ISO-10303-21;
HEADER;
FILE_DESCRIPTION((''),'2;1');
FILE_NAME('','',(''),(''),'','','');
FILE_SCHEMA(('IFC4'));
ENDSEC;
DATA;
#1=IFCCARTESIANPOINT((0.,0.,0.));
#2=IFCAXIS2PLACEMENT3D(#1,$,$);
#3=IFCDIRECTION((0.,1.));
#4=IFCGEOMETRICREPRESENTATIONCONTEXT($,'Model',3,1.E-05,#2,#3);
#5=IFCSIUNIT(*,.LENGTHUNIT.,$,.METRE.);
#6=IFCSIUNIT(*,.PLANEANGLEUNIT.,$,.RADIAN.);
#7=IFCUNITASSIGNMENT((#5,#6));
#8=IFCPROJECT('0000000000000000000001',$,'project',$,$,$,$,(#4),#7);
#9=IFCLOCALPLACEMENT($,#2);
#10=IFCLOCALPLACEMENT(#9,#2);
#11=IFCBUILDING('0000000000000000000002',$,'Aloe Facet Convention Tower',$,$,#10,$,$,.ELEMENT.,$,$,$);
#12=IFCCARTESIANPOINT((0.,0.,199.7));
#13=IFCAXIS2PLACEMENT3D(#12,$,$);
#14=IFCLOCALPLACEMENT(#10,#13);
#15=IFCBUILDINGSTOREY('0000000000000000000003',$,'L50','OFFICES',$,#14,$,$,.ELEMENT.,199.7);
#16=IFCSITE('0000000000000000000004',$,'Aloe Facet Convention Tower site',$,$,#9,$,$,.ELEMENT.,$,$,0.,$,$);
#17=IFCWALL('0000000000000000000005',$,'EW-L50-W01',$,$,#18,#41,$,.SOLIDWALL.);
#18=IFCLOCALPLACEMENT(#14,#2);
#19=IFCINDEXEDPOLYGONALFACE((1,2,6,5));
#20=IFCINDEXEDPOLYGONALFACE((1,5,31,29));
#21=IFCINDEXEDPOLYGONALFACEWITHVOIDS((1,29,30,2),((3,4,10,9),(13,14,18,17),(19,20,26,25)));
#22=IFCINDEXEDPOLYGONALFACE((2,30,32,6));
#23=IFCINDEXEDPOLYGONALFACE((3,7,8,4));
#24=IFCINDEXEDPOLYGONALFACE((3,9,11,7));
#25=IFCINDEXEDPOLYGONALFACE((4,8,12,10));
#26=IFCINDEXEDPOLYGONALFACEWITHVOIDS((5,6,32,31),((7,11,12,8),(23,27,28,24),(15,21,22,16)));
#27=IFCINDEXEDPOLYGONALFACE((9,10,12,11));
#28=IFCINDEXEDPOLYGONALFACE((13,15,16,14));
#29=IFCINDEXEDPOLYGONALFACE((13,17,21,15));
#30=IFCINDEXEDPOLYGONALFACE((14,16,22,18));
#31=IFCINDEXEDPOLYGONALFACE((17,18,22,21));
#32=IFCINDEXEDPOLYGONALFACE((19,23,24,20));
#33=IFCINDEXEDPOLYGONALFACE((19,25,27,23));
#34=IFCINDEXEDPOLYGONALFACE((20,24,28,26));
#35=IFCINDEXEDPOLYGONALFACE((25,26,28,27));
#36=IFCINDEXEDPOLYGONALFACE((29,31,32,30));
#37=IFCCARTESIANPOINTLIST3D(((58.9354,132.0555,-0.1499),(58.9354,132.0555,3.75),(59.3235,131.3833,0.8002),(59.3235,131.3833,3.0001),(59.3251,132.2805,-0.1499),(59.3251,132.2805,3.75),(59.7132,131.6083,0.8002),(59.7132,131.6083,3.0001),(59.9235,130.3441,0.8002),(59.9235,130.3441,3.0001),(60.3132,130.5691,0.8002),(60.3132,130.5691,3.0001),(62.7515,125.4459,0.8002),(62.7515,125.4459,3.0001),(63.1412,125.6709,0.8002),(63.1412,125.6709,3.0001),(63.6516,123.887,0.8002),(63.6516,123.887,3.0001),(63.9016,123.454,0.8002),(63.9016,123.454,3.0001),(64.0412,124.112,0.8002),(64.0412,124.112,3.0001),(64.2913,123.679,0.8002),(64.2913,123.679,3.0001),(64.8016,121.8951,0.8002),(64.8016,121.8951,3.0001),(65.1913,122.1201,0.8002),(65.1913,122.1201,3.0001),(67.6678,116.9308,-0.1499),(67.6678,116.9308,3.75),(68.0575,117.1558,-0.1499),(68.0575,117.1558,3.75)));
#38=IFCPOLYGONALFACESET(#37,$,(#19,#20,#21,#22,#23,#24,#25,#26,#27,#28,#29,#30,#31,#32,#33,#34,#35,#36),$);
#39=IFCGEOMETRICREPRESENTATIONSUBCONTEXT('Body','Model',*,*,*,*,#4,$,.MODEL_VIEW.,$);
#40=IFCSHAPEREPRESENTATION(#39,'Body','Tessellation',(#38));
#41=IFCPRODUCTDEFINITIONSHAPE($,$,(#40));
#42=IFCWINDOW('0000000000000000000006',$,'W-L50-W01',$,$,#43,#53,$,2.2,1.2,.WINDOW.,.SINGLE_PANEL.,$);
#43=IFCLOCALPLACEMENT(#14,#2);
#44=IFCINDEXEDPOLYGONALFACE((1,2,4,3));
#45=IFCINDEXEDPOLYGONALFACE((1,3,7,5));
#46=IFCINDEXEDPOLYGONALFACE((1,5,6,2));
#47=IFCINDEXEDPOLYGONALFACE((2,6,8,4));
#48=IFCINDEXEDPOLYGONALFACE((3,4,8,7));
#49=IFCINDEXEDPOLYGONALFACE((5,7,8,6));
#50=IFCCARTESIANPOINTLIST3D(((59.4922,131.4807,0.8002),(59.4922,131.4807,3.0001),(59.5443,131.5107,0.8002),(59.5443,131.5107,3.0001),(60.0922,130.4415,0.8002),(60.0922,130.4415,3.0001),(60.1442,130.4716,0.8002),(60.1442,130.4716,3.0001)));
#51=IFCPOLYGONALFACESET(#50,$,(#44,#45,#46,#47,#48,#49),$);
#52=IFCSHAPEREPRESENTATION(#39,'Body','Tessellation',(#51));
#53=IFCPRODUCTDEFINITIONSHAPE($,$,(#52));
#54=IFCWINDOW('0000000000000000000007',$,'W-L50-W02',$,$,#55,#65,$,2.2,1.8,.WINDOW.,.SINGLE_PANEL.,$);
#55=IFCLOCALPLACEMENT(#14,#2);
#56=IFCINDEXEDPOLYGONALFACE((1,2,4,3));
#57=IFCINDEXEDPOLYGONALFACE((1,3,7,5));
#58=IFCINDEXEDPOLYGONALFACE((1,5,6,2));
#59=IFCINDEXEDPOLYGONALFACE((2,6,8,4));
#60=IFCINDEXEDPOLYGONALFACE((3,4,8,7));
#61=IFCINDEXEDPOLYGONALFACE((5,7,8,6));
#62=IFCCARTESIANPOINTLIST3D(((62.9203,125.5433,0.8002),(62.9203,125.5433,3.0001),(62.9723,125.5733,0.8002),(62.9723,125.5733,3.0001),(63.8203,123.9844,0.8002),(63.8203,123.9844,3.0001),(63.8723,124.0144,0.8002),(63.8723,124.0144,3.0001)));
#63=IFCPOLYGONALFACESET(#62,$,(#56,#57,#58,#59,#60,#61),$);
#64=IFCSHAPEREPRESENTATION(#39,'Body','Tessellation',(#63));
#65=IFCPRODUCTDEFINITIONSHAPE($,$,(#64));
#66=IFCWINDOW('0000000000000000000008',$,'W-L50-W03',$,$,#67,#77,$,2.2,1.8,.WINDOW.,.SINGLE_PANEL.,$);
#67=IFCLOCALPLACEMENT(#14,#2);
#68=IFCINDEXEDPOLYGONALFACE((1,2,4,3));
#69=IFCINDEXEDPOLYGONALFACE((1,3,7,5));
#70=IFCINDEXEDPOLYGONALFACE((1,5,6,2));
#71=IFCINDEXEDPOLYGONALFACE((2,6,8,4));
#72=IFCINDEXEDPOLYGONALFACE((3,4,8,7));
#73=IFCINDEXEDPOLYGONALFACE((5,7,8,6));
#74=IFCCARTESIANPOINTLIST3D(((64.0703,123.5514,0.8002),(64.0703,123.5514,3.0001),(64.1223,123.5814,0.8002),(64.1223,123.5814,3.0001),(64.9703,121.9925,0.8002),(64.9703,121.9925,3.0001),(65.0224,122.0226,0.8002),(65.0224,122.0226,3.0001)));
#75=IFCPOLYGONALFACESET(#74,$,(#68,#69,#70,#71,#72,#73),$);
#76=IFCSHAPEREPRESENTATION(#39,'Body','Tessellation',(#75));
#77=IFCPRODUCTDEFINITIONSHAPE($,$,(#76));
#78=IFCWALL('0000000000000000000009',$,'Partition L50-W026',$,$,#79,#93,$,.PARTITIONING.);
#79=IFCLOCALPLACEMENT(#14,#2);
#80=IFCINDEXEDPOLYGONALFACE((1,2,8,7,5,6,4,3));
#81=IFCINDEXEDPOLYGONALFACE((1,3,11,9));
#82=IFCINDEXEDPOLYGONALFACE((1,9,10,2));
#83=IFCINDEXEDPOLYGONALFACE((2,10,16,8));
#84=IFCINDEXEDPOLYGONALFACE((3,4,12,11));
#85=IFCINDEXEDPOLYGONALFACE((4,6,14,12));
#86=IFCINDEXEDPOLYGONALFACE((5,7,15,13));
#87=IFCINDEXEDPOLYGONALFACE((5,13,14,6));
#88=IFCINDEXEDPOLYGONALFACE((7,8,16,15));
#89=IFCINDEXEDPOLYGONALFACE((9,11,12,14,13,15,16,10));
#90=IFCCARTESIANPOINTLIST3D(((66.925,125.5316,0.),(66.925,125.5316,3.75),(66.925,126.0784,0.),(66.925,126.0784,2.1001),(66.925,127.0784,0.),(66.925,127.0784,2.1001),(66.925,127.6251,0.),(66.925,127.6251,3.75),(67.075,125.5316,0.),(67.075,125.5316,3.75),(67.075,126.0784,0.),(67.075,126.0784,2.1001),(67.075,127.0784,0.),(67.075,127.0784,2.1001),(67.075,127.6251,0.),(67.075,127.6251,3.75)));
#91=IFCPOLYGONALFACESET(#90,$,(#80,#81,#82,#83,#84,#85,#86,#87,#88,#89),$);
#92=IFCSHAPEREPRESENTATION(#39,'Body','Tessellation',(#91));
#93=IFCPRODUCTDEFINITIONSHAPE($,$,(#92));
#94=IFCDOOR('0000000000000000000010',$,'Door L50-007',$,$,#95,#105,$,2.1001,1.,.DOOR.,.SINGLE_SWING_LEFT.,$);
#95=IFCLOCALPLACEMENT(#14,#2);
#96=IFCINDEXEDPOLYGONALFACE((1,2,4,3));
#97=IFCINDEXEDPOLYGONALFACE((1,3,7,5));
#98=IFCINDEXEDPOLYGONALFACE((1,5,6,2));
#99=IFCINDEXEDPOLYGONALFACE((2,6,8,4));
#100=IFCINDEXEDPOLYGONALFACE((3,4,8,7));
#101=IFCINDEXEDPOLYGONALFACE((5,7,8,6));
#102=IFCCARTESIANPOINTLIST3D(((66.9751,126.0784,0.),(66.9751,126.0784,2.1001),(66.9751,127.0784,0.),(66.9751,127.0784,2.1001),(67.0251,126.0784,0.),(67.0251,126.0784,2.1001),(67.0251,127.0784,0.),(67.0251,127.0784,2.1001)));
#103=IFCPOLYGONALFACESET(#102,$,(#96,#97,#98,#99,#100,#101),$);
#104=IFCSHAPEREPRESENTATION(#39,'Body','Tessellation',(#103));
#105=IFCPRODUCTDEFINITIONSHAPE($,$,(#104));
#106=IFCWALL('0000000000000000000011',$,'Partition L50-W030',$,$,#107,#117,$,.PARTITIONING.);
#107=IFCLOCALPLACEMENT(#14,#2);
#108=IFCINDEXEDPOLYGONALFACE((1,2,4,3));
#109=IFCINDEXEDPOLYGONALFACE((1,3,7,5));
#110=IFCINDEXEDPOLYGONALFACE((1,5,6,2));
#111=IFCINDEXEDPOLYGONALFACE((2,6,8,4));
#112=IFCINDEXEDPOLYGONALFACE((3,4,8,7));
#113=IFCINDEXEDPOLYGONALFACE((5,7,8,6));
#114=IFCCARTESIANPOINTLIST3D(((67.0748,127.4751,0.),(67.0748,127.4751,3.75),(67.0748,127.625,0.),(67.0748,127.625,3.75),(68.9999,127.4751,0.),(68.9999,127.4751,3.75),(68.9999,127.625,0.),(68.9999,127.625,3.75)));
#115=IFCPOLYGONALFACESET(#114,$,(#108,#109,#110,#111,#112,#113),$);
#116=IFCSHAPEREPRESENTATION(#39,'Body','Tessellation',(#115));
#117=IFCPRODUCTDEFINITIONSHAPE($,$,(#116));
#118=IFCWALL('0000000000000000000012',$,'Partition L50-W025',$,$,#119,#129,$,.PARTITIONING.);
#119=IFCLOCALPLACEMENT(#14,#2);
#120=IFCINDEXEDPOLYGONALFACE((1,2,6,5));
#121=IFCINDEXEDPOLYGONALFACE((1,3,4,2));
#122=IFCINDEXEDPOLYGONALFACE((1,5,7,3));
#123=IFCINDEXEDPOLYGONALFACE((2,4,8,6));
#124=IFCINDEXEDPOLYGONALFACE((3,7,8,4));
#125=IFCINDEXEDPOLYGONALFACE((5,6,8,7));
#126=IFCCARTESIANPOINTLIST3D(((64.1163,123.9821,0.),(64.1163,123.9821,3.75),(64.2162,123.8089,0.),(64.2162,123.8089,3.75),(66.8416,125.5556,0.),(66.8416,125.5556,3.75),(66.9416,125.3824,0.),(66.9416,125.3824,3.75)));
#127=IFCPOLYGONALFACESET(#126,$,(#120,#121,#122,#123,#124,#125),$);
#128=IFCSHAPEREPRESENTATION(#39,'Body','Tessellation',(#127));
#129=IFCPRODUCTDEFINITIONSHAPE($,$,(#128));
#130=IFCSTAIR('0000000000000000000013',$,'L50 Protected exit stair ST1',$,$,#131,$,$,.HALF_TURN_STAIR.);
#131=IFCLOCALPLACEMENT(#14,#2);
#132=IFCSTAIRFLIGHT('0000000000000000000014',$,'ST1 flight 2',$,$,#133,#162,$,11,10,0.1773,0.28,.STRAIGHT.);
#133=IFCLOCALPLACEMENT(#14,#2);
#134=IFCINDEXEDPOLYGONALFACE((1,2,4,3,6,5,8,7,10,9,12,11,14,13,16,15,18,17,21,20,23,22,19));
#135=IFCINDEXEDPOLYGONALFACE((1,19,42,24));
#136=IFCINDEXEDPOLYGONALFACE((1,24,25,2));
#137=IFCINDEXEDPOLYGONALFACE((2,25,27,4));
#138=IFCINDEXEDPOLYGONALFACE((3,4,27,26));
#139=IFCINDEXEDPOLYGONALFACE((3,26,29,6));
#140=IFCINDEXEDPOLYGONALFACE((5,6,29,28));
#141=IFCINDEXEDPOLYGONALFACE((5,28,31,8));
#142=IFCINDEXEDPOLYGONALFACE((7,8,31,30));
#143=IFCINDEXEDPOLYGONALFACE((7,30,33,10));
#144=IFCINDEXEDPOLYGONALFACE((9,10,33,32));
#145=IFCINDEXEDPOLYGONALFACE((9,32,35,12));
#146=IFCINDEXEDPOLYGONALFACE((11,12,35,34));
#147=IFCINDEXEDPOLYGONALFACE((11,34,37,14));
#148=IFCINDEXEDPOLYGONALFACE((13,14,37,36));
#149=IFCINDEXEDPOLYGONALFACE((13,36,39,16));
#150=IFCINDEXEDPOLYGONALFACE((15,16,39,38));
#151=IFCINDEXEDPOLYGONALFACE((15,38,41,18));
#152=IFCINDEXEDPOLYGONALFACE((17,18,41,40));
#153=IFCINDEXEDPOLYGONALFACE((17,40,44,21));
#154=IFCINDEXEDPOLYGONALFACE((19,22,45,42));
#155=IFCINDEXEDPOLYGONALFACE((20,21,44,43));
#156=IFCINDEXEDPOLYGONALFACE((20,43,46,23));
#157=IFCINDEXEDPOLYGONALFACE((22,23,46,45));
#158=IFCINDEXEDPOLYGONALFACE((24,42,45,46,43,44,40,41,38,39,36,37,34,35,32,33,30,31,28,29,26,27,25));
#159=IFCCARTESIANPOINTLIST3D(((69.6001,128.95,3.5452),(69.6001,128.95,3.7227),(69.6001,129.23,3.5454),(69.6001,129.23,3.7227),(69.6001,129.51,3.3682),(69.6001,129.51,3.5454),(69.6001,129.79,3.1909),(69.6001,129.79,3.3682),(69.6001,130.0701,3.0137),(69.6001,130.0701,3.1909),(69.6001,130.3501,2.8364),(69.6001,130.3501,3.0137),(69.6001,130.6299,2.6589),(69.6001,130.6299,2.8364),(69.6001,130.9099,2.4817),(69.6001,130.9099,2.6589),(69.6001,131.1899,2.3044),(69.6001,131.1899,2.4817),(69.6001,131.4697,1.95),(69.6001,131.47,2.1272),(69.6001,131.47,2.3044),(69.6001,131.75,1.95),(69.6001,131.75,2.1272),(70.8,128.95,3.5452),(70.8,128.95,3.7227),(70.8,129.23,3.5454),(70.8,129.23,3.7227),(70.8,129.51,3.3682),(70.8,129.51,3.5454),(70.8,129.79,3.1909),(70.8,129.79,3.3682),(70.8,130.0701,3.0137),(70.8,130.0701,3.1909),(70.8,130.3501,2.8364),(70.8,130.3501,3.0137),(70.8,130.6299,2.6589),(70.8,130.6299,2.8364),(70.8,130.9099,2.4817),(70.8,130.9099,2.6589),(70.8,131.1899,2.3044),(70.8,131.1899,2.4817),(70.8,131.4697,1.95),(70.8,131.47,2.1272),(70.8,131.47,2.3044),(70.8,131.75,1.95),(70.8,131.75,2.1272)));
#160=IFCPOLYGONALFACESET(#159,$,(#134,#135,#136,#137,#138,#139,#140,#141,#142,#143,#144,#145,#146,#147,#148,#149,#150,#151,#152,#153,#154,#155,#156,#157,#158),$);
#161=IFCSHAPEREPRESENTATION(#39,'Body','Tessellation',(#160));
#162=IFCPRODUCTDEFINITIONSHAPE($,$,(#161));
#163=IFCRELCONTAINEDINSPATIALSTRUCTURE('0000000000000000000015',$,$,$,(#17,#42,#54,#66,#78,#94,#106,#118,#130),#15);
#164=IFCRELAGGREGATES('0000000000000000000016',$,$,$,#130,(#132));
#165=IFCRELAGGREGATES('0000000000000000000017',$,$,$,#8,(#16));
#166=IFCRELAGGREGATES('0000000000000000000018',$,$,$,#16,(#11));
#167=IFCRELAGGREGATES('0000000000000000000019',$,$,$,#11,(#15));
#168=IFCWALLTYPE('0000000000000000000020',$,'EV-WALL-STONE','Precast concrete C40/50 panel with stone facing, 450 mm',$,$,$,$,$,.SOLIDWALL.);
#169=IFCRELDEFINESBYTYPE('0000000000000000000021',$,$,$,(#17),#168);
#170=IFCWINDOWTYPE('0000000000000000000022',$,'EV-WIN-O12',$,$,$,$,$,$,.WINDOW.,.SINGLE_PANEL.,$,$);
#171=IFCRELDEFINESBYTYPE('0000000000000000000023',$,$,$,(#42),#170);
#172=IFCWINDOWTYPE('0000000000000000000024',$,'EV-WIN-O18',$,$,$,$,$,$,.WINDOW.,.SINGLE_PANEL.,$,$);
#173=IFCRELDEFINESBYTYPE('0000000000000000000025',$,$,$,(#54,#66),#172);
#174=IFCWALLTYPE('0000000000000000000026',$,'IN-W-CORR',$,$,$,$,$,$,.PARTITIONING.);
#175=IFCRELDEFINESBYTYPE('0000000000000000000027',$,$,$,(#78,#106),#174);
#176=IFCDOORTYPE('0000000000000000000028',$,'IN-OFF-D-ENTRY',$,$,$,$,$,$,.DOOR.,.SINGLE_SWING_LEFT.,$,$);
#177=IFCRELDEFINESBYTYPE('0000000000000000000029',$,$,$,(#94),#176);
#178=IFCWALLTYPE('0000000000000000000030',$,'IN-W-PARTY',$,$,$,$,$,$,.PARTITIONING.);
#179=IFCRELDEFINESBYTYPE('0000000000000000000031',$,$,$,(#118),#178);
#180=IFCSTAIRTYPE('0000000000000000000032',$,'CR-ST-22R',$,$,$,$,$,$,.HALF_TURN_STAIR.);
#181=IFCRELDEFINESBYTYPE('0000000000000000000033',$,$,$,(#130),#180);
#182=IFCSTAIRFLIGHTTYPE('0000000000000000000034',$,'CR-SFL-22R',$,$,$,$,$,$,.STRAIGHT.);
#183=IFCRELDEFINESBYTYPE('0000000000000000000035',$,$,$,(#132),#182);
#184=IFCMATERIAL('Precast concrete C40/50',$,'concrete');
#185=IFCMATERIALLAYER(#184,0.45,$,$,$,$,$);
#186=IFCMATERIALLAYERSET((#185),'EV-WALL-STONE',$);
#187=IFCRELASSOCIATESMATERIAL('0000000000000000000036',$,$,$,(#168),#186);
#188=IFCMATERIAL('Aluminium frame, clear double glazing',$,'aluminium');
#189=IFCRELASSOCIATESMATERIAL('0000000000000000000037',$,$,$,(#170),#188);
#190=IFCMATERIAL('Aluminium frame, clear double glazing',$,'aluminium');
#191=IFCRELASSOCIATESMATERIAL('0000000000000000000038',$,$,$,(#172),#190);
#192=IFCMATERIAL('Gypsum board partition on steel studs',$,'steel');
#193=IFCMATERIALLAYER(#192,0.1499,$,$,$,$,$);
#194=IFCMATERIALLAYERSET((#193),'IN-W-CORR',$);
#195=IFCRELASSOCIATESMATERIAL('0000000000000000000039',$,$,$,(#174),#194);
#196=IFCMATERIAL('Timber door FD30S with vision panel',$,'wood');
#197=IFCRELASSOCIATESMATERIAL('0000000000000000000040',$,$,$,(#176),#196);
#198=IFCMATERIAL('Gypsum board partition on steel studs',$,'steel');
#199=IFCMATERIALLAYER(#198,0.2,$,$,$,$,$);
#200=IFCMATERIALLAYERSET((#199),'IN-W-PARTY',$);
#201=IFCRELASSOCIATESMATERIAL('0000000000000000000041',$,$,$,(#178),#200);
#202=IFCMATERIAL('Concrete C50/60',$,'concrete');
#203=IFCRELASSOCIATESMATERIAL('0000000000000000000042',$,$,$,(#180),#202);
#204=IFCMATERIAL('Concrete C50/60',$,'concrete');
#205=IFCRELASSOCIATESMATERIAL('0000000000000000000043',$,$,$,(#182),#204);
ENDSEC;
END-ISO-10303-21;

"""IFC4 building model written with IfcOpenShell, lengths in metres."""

from ifc_helpers import new_model, si_unit, direction, frame, frame_2d, origin, place, context, subcontext, project, spatial, polyline, rectangle, outline, extrude, material, layer, layer_set, type_object, element, fill, aggregate, save


model = new_model("IFC4")

# Units and contexts
model_context = context("Model", 3, precision=1e-05, world=origin(), true_north=direction((0.0, 1.0)))
body_context = subcontext(model_context, "Body", "Model", "MODEL_VIEW")
ifc_project = project(units=[si_unit("LENGTHUNIT", "METRE"), si_unit("PLANEANGLEUNIT", "RADIAN")], contexts=[model_context])

# Site, building, storey
site_placement = place(None, origin())
site = spatial("IfcSite", under=ifc_project, at=site_placement, Name="Aloe Facet Convention Tower site", CompositionType="ELEMENT", RefElevation=0.0)
building_placement = place(site_placement, origin())
building = spatial("IfcBuilding", under=site, at=building_placement, Name="Aloe Facet Convention Tower", CompositionType="ELEMENT")
storey_placement = place(building_placement, frame((0.0, 0.0, 199.7)))
storey = spatial("IfcBuildingStorey", under=building, at=storey_placement, Name="L50", Description="OFFICES", CompositionType="ELEMENT", Elevation=199.7)

# Wall, openings, windows
ifc_material_1 = material(Name="Precast concrete C40/50", Category="concrete")
ifc_layer_1 = layer(ifc_material_1, 0.45)
ifc_layer_set_1 = layer_set([ifc_layer_1], Name="EV-WALL-STONE")
wall_type_1 = type_object("IfcWallType", Name="EV-WALL-STONE", Description="Precast concrete C40/50 panel with stone facing, 450 mm", PredefinedType="SOLIDWALL", material=ifc_layer_set_1)
wall_1_placement = place(storey_placement, frame((59.1301, 132.168, -0.1499), z_axis=(0.0, 0.0, 1.0), x_axis=(0.500006, -0.866022, 0.0)))
wall_1 = element("IfcWall", 1, at=wall_1_placement, inside=storey, type_object=wall_type_1, Name="EW-L50-W01", PredefinedType="SOLIDWALL", context=body_context, shape_type="SweptSolid", body=[
    extrude(outline(polyline([(0.0, 0.0), (0.0, 3.8999), (17.4646, 3.8999), (17.4646, 0.0), (0.0, 0.0)])), frame((0.0, 0.2251, 0.0), z_axis=(0.0, -1.0, 0.0), x_axis=(1.0, 0.0, 0.0)), (0.0, 0.0, 1.0), 0.45),
])
opening_1_placement = place(wall_1_placement, frame((0.7761, 0.0, 0.95)))
opening_1 = element("IfcOpeningElement", 2, at=opening_1_placement, cuts=wall_1, PredefinedType="OPENING", context=body_context, shape_type="SweptSolid", body=[
    extrude(rectangle(XDim=1.2, YDim=2.2, at=frame_2d((0.6001, 1.1001))), frame((0.0, 0.2349, 0.0), z_axis=(0.0, -1.0, 0.0), x_axis=(1.0, 0.0, 0.0)), (0.0, 0.0, 1.0), 0.47),
])
opening_2_placement = place(wall_1_placement, frame((7.6323, 0.0, 0.95)))
opening_2 = element("IfcOpeningElement", 3, at=opening_2_placement, cuts=wall_1, PredefinedType="OPENING", context=body_context, shape_type="SweptSolid", body=[
    extrude(rectangle(XDim=1.8, YDim=2.2, at=frame_2d((0.8999, 1.1001))), frame((0.0, 0.2349, 0.0), z_axis=(0.0, -1.0, 0.0), x_axis=(1.0, 0.0, 0.0)), (0.0, 0.0, 1.0), 0.47),
])
opening_3_placement = place(wall_1_placement, frame((9.9324, 0.0, 0.95)))
opening_3 = element("IfcOpeningElement", 4, at=opening_3_placement, cuts=wall_1, PredefinedType="OPENING", context=body_context, shape_type="SweptSolid", body=[
    extrude(rectangle(XDim=1.8, YDim=2.2, at=frame_2d((0.8999, 1.1001))), frame((0.0, 0.2349, 0.0), z_axis=(0.0, -1.0, 0.0), x_axis=(1.0, 0.0, 0.0)), (0.0, 0.0, 1.0), 0.47),
])
ifc_material_2 = material(Name="Aluminium frame, clear double glazing", Category="aluminium")
window_type_1 = type_object("IfcWindowType", Name="EV-WIN-O12", PartitioningType="SINGLE_PANEL", PredefinedType="WINDOW", material=ifc_material_2)
window_1_placement = place(opening_1_placement, origin())
window_1 = element("IfcWindow", 5, at=window_1_placement, inside=storey, type_object=window_type_1, Name="W-L50-W01", OverallHeight=2.2, OverallWidth=1.2, PartitioningType="SINGLE_PANEL", PredefinedType="WINDOW", context=body_context, shape_type="SweptSolid", body=[
    extrude(rectangle(XDim=1.2, YDim=2.2, at=frame_2d((0.6001, 1.1001))), frame((0.0, 0.03, 0.0), z_axis=(0.0, -1.0, 0.0), x_axis=(1.0, 0.0, 0.0)), (0.0, 0.0, 1.0), 0.0601),
])
fill(opening_1, window_1)
ifc_material_3 = material(Name="Aluminium frame, clear double glazing", Category="aluminium")
window_type_2 = type_object("IfcWindowType", Name="EV-WIN-O18", PartitioningType="SINGLE_PANEL", PredefinedType="WINDOW", material=ifc_material_3)
window_2_placement = place(opening_2_placement, origin())
window_2 = element("IfcWindow", 6, at=window_2_placement, inside=storey, type_object=window_type_2, Name="W-L50-W02", OverallHeight=2.2, OverallWidth=1.8, PartitioningType="SINGLE_PANEL", PredefinedType="WINDOW", context=body_context, shape_type="SweptSolid", body=[
    extrude(rectangle(XDim=1.8, YDim=2.2, at=frame_2d((0.8999, 1.1001))), frame((0.0, 0.03, 0.0), z_axis=(0.0, -1.0, 0.0), x_axis=(1.0, 0.0, 0.0)), (0.0, 0.0, 1.0), 0.0601),
])
fill(opening_2, window_2)
window_3_placement = place(opening_3_placement, origin())
window_3 = element("IfcWindow", 7, at=window_3_placement, inside=storey, type_object=window_type_2, Name="W-L50-W03", OverallHeight=2.2, OverallWidth=1.8, PartitioningType="SINGLE_PANEL", PredefinedType="WINDOW", context=body_context, shape_type="SweptSolid", body=[
    extrude(rectangle(XDim=1.8, YDim=2.2, at=frame_2d((0.8999, 1.1001))), frame((0.0, 0.03, 0.0), z_axis=(0.0, -1.0, 0.0), x_axis=(1.0, 0.0, 0.0)), (0.0, 0.0, 1.0), 0.0601),
])
fill(opening_3, window_3)

# Wall, opening, door
ifc_material_4 = material(Name="Gypsum board partition on steel studs", Category="steel")
ifc_layer_2 = layer(ifc_material_4, 0.1499)
ifc_layer_set_2 = layer_set([ifc_layer_2], Name="IN-W-CORR")
wall_type_2 = type_object("IfcWallType", Name="IN-W-CORR", PredefinedType="PARTITIONING", material=ifc_layer_set_2)
wall_2_placement = place(storey_placement, frame((67.0, 125.5315, 0.0), z_axis=(0.0, 0.0, 1.0), x_axis=(0.0, 1.0, 0.0)))
wall_2 = element("IfcWall", 8, at=wall_2_placement, inside=storey, type_object=wall_type_2, Name="Partition L50-W026", PredefinedType="PARTITIONING", context=body_context, shape_type="SweptSolid", body=[
    extrude(rectangle(XDim=2.0935, YDim=0.1499, at=frame_2d((1.0469, 0.0))), origin(), (0.0, 0.0, 1.0), 3.75),
])
opening_4_placement = place(wall_2_placement, frame((0.5469, 0.0, 0.0)))
opening_4 = element("IfcOpeningElement", 9, at=opening_4_placement, cuts=wall_2, PredefinedType="OPENING", context=body_context, shape_type="SweptSolid", body=[
    extrude(rectangle(XDim=1.0, YDim=2.1001, at=frame_2d((0.5, 1.05))), frame((0.0, 0.085, 0.0), z_axis=(0.0, -1.0, 0.0), x_axis=(1.0, 0.0, 0.0)), (0.0, 0.0, 1.0), 0.1699),
])
ifc_material_5 = material(Name="Timber door FD30S with vision panel", Category="wood")
door_type_1 = type_object("IfcDoorType", Name="IN-OFF-D-ENTRY", OperationType="SINGLE_SWING_LEFT", PredefinedType="DOOR", material=ifc_material_5)
door_1_placement = place(opening_4_placement, origin())
door_1 = element("IfcDoor", 10, at=door_1_placement, inside=storey, type_object=door_type_1, Name="Door L50-007", OperationType="SINGLE_SWING_LEFT", OverallHeight=2.1001, OverallWidth=1.0, PredefinedType="DOOR", context=body_context, shape_type="SweptSolid", body=[
    extrude(rectangle(XDim=1.0, YDim=2.1001, at=frame_2d((0.5, 1.05))), frame((0.0, 0.0249, 0.0), z_axis=(0.0, -1.0, 0.0), x_axis=(1.0, 0.0, 0.0)), (0.0, 0.0, 1.0), 0.05),
])
fill(opening_4, door_1)

# Walls
wall_3_placement = place(storey_placement, frame((67.075, 127.55, 0.0), z_axis=(0.0, 0.0, 1.0), x_axis=(1.0, 0.0, 0.0)))
element("IfcWall", 11, at=wall_3_placement, inside=storey, type_object=wall_type_2, Name="Partition L50-W030", PredefinedType="PARTITIONING", context=body_context, shape_type="SweptSolid", body=[
    extrude(rectangle(XDim=1.925, YDim=0.1499, at=frame_2d((0.9624, 0.0))), origin(), (0.0, 0.0, 1.0), 3.75),
])
ifc_material_6 = material(Name="Gypsum board partition on steel studs", Category="steel")
ifc_layer_3 = layer(ifc_material_6, 0.2)
ifc_layer_set_3 = layer_set([ifc_layer_3], Name="IN-W-PARTY")
wall_type_3 = type_object("IfcWallType", Name="IN-W-PARTY", PredefinedType="PARTITIONING", material=ifc_layer_set_3)
wall_4_placement = place(storey_placement, frame((64.1663, 123.8955, 0.0), z_axis=(0.0, 0.0, 1.0), x_axis=(0.866024, 0.500002, 0.0)))
element("IfcWall", 12, at=wall_4_placement, inside=storey, type_object=wall_type_3, Name="Partition L50-W025", PredefinedType="PARTITIONING", context=body_context, shape_type="SweptSolid", body=[
    extrude(rectangle(XDim=3.147, YDim=0.2, at=frame_2d((1.5735, 0.0))), origin(), (0.0, 0.0, 1.0), 3.75),
])

# Stair, stair flight
ifc_material_7 = material(Name="Concrete C50/60", Category="concrete")
stair_type = type_object("IfcStairType", Name="CR-ST-22R", PredefinedType="HALF_TURN_STAIR", material=ifc_material_7)
stair_placement = place(storey_placement, origin())
stair = element("IfcStair", 13, at=stair_placement, inside=storey, type_object=stair_type, Name="L50 Protected exit stair ST1", PredefinedType="HALF_TURN_STAIR")
ifc_material_8 = material(Name="Concrete C50/60", Category="concrete")
stair_flight_type = type_object("IfcStairFlightType", Name="CR-SFL-22R", PredefinedType="STRAIGHT", material=ifc_material_8)
stair_flight_placement = place(storey_placement, frame((70.2, 131.75, 1.95), z_axis=(0.0, 0.0, 1.0), x_axis=(0.0, -1.0, 0.0)))
stair_flight = element("IfcStairFlight", 14, at=stair_flight_placement, type_object=stair_flight_type, Name="ST1 flight 2", NumberOfRisers=11, NumberOfTreads=10, PredefinedType="STRAIGHT", RiserHeight=0.1773, TreadLength=0.28, context=body_context, shape_type="SweptSolid", body=[
    extrude(outline(polyline([(0.0, 0.0), (0.0, 0.1772), (0.28, 0.1772), (0.28, 0.3545), (0.5601, 0.3545), (0.5601, 0.5317), (0.8401, 0.5317), (0.8401, 0.709), (1.1201, 0.709), (1.1201, 0.8865), (1.3999, 0.8865), (1.3999, 1.0637), (1.6799, 1.0637), (1.6799, 1.241), (1.96, 1.241), (1.96, 1.4182), (2.24, 1.4182), (2.24, 1.5955), (2.52, 1.5955), (2.52, 1.7727), (2.8, 1.7727), (2.8, 1.95), (2.8, 1.5952), (0.2803, 0.0), (0.0, 0.0)])), frame((0.0, 0.6001, 0.0), z_axis=(0.0, -1.0, 0.0), x_axis=(1.0, 0.0, 0.0)), (0.0, 0.0, 1.0), 1.2),
])
aggregate(stair, [stair_flight])

save(model, "model.ifc")
